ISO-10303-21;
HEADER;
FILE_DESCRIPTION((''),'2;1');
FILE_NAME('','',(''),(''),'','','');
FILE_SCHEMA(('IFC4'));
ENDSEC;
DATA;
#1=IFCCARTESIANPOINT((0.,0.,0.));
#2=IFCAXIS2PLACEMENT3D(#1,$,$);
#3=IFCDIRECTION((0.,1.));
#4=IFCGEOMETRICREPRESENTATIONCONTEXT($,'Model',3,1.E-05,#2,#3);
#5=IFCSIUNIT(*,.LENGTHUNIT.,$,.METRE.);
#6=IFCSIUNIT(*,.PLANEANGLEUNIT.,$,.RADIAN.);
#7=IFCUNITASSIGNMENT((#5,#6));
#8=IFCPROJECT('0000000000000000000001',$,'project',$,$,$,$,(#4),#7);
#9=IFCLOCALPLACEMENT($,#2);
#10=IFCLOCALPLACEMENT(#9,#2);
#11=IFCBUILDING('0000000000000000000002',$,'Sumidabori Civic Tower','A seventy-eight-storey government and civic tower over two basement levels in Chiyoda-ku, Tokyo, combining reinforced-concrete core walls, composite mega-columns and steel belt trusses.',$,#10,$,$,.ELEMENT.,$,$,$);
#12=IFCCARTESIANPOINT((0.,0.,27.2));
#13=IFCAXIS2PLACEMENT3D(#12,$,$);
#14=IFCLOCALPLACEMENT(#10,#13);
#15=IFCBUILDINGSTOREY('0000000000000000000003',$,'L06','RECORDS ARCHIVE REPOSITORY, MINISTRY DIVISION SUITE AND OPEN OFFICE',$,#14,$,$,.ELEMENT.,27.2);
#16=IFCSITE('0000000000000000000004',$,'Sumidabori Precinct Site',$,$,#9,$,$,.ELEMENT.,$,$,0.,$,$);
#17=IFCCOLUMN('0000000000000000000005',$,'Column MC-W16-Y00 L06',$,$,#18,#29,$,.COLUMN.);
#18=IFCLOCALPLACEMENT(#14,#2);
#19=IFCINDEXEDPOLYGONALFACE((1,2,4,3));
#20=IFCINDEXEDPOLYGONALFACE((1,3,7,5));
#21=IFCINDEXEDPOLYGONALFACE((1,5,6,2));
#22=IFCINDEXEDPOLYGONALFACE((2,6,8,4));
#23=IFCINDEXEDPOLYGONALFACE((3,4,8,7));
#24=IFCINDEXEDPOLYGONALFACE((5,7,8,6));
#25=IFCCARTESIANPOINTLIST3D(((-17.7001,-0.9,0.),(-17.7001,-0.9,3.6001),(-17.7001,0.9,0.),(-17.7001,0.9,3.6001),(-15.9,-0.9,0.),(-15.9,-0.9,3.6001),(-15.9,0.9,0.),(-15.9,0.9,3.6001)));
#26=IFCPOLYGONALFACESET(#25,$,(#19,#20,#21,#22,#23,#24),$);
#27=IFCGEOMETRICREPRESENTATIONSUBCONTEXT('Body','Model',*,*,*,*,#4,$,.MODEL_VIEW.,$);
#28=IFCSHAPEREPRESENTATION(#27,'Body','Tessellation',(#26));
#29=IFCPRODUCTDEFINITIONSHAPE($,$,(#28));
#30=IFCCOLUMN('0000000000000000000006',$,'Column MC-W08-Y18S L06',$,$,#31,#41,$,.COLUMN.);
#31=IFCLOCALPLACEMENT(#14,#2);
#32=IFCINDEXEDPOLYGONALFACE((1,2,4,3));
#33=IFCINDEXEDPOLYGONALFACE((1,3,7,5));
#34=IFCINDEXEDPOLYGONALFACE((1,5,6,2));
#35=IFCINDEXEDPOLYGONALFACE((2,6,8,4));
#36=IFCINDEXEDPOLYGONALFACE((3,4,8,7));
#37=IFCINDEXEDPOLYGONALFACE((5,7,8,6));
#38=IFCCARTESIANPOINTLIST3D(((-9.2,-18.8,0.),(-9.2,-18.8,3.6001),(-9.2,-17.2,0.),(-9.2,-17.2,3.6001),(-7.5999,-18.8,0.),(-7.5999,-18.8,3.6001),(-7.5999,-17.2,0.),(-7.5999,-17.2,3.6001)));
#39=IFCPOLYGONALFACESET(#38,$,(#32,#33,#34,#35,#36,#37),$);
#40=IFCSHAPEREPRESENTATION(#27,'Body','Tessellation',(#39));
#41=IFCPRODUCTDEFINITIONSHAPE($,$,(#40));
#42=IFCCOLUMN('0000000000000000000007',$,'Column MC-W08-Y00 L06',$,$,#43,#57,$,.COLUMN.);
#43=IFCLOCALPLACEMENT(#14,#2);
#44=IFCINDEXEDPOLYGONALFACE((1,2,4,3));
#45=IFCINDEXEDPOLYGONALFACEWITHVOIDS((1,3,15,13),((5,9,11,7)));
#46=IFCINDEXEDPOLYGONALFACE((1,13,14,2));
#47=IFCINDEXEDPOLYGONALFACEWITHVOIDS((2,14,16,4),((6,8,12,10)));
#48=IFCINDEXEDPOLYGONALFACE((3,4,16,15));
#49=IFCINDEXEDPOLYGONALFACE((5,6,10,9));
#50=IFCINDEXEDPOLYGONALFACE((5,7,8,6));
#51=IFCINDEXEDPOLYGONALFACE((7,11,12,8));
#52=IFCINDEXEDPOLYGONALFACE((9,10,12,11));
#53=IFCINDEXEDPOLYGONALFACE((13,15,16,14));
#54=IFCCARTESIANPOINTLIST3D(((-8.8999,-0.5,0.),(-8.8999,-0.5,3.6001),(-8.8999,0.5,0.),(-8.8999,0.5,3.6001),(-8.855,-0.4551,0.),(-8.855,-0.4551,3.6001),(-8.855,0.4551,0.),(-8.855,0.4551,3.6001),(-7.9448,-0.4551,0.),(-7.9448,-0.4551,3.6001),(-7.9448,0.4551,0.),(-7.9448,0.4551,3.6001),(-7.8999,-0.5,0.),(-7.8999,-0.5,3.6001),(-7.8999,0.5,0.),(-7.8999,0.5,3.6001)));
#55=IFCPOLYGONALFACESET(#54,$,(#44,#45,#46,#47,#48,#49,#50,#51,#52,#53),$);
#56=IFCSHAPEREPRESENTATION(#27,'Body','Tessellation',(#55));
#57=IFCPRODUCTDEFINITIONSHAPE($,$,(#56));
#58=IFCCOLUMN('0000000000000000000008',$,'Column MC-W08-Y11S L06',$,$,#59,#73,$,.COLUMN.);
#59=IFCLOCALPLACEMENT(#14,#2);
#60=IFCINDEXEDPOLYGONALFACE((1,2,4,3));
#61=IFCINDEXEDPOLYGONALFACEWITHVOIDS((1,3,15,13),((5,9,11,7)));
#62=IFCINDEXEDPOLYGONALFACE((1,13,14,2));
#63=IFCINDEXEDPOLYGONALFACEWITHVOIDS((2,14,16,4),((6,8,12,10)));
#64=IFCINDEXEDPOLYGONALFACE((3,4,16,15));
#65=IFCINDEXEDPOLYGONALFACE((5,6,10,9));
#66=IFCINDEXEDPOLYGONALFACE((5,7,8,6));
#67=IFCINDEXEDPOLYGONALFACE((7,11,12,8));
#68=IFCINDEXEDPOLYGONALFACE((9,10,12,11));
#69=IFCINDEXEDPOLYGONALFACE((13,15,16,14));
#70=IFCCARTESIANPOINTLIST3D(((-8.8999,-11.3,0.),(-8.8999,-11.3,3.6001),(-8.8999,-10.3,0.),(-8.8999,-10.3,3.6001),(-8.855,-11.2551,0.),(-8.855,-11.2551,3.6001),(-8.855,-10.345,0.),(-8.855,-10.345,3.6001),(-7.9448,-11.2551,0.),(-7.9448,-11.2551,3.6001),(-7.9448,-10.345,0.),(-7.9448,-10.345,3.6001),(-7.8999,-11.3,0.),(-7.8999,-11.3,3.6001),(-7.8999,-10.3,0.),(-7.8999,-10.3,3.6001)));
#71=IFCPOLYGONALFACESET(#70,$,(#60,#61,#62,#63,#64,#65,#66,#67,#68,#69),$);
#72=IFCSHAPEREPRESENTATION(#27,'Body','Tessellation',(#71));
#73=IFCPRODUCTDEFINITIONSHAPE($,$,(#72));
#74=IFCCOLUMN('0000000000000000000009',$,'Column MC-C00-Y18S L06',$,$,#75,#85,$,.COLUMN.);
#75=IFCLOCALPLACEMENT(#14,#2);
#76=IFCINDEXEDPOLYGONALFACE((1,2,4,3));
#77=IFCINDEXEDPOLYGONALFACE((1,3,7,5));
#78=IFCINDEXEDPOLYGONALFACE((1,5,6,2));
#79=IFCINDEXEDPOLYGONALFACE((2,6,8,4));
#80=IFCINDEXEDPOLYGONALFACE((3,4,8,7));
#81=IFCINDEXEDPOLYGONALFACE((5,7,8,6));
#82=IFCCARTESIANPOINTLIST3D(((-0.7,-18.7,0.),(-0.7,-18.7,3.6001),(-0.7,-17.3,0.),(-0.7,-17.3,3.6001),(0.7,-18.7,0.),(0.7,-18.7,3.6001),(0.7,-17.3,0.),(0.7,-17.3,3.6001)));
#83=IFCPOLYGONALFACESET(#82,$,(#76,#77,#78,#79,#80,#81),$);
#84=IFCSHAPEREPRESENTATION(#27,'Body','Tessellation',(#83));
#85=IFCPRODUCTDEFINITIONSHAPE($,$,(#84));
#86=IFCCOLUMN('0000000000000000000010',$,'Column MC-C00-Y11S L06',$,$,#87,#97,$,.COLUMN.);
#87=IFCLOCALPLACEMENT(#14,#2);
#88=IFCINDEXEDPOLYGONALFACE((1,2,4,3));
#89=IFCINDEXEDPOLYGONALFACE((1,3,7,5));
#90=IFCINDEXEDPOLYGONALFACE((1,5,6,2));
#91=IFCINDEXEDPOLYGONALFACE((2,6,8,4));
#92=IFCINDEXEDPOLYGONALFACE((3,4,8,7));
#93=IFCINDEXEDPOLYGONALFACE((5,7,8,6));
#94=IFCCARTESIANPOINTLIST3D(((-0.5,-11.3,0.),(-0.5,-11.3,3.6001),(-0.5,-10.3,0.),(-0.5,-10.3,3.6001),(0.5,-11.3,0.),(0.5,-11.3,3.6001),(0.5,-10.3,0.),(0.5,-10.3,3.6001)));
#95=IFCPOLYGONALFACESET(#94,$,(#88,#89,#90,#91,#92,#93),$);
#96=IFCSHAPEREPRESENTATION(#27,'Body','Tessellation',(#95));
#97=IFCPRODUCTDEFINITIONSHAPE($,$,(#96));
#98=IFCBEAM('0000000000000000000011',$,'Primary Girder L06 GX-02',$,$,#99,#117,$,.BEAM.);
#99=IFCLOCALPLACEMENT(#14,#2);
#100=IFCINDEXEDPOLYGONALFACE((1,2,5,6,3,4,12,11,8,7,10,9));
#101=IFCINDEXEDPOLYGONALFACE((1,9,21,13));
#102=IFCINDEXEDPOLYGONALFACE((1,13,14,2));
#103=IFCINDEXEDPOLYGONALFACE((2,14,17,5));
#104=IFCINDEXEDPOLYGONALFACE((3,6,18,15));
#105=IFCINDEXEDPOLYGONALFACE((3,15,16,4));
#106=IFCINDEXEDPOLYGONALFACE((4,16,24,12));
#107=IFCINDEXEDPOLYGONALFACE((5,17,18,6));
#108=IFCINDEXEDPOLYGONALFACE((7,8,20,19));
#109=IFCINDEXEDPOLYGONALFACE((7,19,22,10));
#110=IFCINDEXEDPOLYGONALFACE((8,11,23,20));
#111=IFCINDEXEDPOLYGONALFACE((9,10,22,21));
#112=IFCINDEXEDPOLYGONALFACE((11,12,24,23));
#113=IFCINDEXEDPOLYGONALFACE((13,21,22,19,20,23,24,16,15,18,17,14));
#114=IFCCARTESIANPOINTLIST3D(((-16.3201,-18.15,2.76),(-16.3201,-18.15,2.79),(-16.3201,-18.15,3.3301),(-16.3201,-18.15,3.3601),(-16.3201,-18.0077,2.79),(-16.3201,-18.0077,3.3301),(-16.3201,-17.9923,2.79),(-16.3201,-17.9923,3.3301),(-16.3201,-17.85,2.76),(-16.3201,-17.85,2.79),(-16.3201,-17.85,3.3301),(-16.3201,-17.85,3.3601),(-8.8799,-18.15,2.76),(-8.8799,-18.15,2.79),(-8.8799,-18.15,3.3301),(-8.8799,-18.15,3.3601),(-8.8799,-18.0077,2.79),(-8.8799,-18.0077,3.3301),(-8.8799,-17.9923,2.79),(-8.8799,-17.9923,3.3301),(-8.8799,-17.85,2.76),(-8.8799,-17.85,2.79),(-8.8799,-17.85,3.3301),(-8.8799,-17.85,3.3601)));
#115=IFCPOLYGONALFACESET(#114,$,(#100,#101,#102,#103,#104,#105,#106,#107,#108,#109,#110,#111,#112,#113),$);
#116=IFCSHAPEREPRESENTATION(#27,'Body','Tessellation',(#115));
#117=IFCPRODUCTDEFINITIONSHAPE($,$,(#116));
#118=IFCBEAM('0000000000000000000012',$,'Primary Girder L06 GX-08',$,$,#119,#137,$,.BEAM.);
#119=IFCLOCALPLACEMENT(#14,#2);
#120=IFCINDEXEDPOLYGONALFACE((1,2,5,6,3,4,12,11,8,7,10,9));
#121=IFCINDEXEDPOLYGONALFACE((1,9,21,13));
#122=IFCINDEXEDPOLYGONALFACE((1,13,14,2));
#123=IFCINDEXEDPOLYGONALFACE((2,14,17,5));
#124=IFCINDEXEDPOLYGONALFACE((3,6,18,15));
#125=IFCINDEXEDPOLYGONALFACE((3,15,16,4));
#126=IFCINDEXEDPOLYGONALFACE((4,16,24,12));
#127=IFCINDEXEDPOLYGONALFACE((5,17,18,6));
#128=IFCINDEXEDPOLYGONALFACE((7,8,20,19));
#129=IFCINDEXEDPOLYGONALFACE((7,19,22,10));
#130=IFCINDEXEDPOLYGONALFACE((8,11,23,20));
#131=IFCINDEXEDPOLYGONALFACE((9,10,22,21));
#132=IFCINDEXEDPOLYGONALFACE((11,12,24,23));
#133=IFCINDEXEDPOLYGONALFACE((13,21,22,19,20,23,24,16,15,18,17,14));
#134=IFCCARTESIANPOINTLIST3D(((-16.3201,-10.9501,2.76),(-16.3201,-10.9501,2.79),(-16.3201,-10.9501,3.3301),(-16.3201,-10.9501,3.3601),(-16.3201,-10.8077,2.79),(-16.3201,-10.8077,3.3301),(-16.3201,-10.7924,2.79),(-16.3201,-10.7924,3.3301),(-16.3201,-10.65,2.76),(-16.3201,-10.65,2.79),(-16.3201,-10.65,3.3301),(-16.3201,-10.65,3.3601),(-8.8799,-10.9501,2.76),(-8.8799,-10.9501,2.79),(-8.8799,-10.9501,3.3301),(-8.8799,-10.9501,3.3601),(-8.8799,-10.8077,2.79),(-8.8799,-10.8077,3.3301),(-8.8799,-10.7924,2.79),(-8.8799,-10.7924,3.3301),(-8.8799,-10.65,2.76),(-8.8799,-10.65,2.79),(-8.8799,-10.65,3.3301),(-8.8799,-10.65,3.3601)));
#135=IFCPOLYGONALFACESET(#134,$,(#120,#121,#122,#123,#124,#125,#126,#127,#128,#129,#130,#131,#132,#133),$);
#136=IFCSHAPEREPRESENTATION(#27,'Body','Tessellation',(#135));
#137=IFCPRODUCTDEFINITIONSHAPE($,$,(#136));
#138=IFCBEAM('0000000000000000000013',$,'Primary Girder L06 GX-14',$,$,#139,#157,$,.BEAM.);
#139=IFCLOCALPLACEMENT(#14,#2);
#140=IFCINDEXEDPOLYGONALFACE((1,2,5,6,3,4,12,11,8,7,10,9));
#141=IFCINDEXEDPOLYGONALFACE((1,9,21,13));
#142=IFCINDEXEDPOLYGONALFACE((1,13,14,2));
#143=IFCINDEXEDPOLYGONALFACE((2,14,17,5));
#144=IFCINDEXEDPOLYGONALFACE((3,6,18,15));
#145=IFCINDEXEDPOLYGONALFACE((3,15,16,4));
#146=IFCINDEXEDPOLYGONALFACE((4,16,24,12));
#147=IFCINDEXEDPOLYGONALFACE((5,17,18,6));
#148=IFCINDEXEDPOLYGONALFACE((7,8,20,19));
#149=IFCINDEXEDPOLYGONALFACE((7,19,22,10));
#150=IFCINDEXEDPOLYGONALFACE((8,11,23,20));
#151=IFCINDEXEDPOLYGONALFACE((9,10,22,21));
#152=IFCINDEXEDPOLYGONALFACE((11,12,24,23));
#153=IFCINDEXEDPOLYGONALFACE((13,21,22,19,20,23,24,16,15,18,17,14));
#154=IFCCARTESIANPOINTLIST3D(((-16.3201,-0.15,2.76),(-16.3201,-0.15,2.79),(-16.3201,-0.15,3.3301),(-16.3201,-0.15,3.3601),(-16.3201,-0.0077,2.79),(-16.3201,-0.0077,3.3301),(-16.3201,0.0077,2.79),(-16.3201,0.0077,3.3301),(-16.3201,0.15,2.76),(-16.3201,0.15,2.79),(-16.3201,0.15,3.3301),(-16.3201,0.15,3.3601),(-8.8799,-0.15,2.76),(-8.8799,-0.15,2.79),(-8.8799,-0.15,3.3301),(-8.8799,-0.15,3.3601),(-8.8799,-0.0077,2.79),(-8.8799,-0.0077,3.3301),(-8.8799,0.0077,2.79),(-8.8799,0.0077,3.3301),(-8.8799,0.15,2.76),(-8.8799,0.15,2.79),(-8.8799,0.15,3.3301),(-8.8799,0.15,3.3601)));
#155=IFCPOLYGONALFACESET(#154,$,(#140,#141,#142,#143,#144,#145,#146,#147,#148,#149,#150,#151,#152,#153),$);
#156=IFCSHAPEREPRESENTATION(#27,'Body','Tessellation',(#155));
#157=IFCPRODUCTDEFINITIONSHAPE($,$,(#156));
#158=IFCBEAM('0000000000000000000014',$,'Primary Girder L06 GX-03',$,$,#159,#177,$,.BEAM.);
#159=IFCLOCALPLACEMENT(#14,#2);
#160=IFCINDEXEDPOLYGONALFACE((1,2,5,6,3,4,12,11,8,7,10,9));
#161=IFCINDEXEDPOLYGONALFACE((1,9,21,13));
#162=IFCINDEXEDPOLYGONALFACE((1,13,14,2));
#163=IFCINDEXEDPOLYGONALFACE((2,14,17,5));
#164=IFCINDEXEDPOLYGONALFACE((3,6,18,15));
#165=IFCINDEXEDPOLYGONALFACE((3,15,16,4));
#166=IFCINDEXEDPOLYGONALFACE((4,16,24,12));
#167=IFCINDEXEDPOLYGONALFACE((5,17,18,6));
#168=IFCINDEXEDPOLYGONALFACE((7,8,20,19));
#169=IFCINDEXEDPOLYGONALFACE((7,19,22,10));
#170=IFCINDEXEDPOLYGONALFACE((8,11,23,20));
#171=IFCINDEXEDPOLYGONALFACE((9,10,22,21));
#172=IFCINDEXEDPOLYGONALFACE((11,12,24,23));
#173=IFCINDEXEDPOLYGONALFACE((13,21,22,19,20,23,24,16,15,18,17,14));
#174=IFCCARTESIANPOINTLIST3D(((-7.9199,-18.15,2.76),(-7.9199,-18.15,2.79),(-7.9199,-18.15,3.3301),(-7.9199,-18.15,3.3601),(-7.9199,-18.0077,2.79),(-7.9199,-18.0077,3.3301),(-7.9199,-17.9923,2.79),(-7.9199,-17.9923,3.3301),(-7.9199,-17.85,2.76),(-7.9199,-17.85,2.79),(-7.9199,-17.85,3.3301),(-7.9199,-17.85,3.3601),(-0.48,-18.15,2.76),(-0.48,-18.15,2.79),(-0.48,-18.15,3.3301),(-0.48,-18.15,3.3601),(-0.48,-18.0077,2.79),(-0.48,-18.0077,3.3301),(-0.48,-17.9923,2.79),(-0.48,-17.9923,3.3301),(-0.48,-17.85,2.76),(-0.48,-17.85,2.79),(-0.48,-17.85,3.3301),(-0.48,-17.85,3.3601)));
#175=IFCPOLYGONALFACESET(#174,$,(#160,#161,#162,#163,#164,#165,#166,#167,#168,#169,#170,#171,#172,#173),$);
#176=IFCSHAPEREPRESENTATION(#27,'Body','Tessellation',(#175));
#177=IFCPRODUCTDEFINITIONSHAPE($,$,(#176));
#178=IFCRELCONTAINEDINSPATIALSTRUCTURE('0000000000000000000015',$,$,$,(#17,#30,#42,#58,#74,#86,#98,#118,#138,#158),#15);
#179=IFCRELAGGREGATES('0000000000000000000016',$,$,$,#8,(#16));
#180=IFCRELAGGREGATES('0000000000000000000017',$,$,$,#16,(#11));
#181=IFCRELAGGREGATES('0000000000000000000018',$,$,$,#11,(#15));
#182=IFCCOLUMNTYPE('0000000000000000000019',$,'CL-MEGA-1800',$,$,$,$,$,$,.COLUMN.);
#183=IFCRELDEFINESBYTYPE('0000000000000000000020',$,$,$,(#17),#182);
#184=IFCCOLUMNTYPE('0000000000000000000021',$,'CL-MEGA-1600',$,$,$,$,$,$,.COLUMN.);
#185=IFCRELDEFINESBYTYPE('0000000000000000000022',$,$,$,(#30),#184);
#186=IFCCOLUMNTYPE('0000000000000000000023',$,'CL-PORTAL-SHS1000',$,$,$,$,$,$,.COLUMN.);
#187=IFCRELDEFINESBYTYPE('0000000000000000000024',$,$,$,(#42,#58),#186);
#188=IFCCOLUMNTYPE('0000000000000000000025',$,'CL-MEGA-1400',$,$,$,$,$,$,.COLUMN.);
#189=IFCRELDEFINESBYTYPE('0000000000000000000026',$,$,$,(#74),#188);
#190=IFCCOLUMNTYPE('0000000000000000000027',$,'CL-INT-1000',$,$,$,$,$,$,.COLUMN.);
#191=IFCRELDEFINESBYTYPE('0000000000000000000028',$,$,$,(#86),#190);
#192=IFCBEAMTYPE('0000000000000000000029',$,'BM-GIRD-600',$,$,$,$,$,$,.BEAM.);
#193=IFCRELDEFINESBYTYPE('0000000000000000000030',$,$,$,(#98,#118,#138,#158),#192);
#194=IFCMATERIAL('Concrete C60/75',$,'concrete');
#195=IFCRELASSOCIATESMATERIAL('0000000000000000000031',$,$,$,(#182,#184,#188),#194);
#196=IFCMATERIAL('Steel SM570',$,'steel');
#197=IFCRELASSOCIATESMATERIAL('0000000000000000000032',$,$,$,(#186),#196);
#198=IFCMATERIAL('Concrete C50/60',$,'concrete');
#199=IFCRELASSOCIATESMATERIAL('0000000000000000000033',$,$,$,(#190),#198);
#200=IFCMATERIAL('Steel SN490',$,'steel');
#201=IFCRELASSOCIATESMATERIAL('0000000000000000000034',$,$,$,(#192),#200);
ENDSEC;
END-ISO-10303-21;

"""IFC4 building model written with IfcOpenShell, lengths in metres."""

from ifc_helpers import new_model, si_unit, direction, frame, origin, origin_2d, place, context, subcontext, project, spatial, rectangle, hollow_rectangle, i_section, extrude, source, transform, mapped, material, material_profile, profile_set, type_object, element, save


model = new_model("IFC4")

# Units and contexts
model_context = context("Model", 3, precision=1e-05, world=origin(), true_north=direction((0.0, 1.0)))
body_context = subcontext(model_context, "Body", "Model", "MODEL_VIEW")
ifc_project = project(units=[si_unit("LENGTHUNIT", "METRE"), si_unit("PLANEANGLEUNIT", "RADIAN")], contexts=[model_context])

# Site, building, storey
site_placement = place(None, origin())
site = spatial("IfcSite", under=ifc_project, at=site_placement, Name="Sumidabori Precinct Site", CompositionType="ELEMENT", RefElevation=0.0)
building_placement = place(site_placement, origin())
building = spatial("IfcBuilding", under=site, at=building_placement, Name="Sumidabori Civic Tower", Description="A seventy-eight-storey government and civic tower over two basement levels in Chiyoda-ku, Tokyo, combining reinforced-concrete core walls, composite mega-columns and steel belt trusses.", CompositionType="ELEMENT")
storey_placement = place(building_placement, frame((0.0, 0.0, 27.2)))
storey = spatial("IfcBuildingStorey", under=building, at=storey_placement, Name="L06", Description="RECORDS ARCHIVE REPOSITORY, MINISTRY DIVISION SUITE AND OPEN OFFICE", CompositionType="ELEMENT", Elevation=27.2)

# Columns
ifc_material_1 = material(Name="Concrete C60/75", Category="concrete")
ifc_material_profile_1 = material_profile(ifc_material_1, rectangle(XDim=1.8, YDim=1.8, at=origin_2d()), Name="RC 1800x1800")
ifc_profile_set_1 = profile_set([ifc_material_profile_1], Name="Concrete C60/75")
column_type_1 = type_object("IfcColumnType", Name="CL-MEGA-1800", PredefinedType="COLUMN", material=ifc_profile_set_1)
shared_shape_1 = source(origin(), body_context, "Body", "SweptSolid", [
    extrude(rectangle(XDim=1.8, YDim=1.8, at=origin_2d()), origin(), (0.0, 0.0, 1.0), 3.6001),
])
column_1_placement = place(storey_placement, frame((-16.8, 0.0, 0.0), z_axis=(0.0, 0.0, 1.0), x_axis=(1.0, 0.0, 0.0)))
element("IfcColumn", 1, at=column_1_placement, inside=storey, type_object=column_type_1, Name="Column MC-W16-Y00 L06", PredefinedType="COLUMN", context=body_context, shape_type="MappedRepresentation", body=[
    mapped(shared_shape_1, transform((0.0, 0.0, 0.0), x_axis=(1.0, 0.0, 0.0), y_axis=(0.0, 1.0, 0.0), z_axis=(0.0, 0.0, 1.0), scale=1.0)),
])
ifc_material_profile_2 = material_profile(ifc_material_1, rectangle(XDim=1.6001, YDim=1.6001, at=origin_2d()), Name="RC 1600x1600")
ifc_profile_set_2 = profile_set([ifc_material_profile_2], Name="Concrete C60/75")
column_type_2 = type_object("IfcColumnType", Name="CL-MEGA-1600", PredefinedType="COLUMN", material=ifc_profile_set_2)
shared_shape_2 = source(origin(), body_context, "Body", "SweptSolid", [
    extrude(rectangle(XDim=1.6001, YDim=1.6001, at=origin_2d()), origin(), (0.0, 0.0, 1.0), 3.6001),
])
column_2_placement = place(storey_placement, frame((-8.3999, -18.0, 0.0), z_axis=(0.0, 0.0, 1.0), x_axis=(1.0, 0.0, 0.0)))
element("IfcColumn", 2, at=column_2_placement, inside=storey, type_object=column_type_2, Name="Column MC-W08-Y18S L06", PredefinedType="COLUMN", context=body_context, shape_type="MappedRepresentation", body=[
    mapped(shared_shape_2, transform((0.0, 0.0, 0.0), x_axis=(1.0, 0.0, 0.0), y_axis=(0.0, 1.0, 0.0), z_axis=(0.0, 0.0, 1.0), scale=1.0)),
])
ifc_material_2 = material(Name="Steel SM570", Category="steel")
ifc_material_profile_3 = material_profile(ifc_material_2, hollow_rectangle(XDim=1.0, YDim=1.0, WallThickness=0.0449, at=origin_2d()), Name="SHS 1000x1000x45")
ifc_profile_set_3 = profile_set([ifc_material_profile_3], Name="Steel SM570")
column_type_3 = type_object("IfcColumnType", Name="CL-PORTAL-SHS1000", PredefinedType="COLUMN", material=ifc_profile_set_3)
shared_shape_3 = source(origin(), body_context, "Body", "SweptSolid", [
    extrude(hollow_rectangle(XDim=1.0, YDim=1.0, WallThickness=0.0449, at=origin_2d()), origin(), (0.0, 0.0, 1.0), 3.6001),
])
for number, where, z_axis, x_axis, name in (
    (3, (-8.3999, 0.0, 0.0), (0.0, 0.0, 1.0), (1.0, 0.0, 0.0), "Column MC-W08-Y00 L06"),
    (4, (-8.3999, -10.8, 0.0), (0.0, 0.0, 1.0), (1.0, 0.0, 0.0), "Column MC-W08-Y11S L06"),
):
    element("IfcColumn", number, at=place(storey_placement, frame(where, z_axis=z_axis, x_axis=x_axis)), inside=storey, type_object=column_type_3, Name=name, PredefinedType="COLUMN", context=body_context, shape_type="MappedRepresentation", body=[
        mapped(shared_shape_3, transform((0.0, 0.0, 0.0), x_axis=(1.0, 0.0, 0.0), y_axis=(0.0, 1.0, 0.0), z_axis=(0.0, 0.0, 1.0), scale=1.0)),
    ])
ifc_material_profile_4 = material_profile(ifc_material_1, rectangle(XDim=1.3999, YDim=1.3999, at=origin_2d()), Name="RC 1400x1400")
ifc_profile_set_4 = profile_set([ifc_material_profile_4], Name="Concrete C60/75")
column_type_4 = type_object("IfcColumnType", Name="CL-MEGA-1400", PredefinedType="COLUMN", material=ifc_profile_set_4)
shared_shape_4 = source(origin(), body_context, "Body", "SweptSolid", [
    extrude(rectangle(XDim=1.3999, YDim=1.3999, at=origin_2d()), origin(), (0.0, 0.0, 1.0), 3.6001),
])
column_3_placement = place(storey_placement, frame((0.0, -18.0, 0.0), z_axis=(0.0, 0.0, 1.0), x_axis=(1.0, 0.0, 0.0)))
element("IfcColumn", 5, at=column_3_placement, inside=storey, type_object=column_type_4, Name="Column MC-C00-Y18S L06", PredefinedType="COLUMN", context=body_context, shape_type="MappedRepresentation", body=[
    mapped(shared_shape_4, transform((0.0, 0.0, 0.0), x_axis=(1.0, 0.0, 0.0), y_axis=(0.0, 1.0, 0.0), z_axis=(0.0, 0.0, 1.0), scale=1.0)),
])
ifc_material_3 = material(Name="Concrete C50/60", Category="concrete")
ifc_material_profile_5 = material_profile(ifc_material_3, rectangle(XDim=1.0, YDim=1.0, at=origin_2d()), Name="RC 1000x1000")
ifc_profile_set_5 = profile_set([ifc_material_profile_5], Name="Concrete C50/60")
column_type_5 = type_object("IfcColumnType", Name="CL-INT-1000", PredefinedType="COLUMN", material=ifc_profile_set_5)
shared_shape_5 = source(origin(), body_context, "Body", "SweptSolid", [
    extrude(rectangle(XDim=1.0, YDim=1.0, at=origin_2d()), origin(), (0.0, 0.0, 1.0), 3.6001),
])
column_4_placement = place(storey_placement, frame((0.0, -10.8, 0.0), z_axis=(0.0, 0.0, 1.0), x_axis=(1.0, 0.0, 0.0)))
element("IfcColumn", 6, at=column_4_placement, inside=storey, type_object=column_type_5, Name="Column MC-C00-Y11S L06", PredefinedType="COLUMN", context=body_context, shape_type="MappedRepresentation", body=[
    mapped(shared_shape_5, transform((0.0, 0.0, 0.0), x_axis=(1.0, 0.0, 0.0), y_axis=(0.0, 1.0, 0.0), z_axis=(0.0, 0.0, 1.0), scale=1.0)),
])

# Beams
ifc_material_4 = material(Name="Steel SN490", Category="steel")
ifc_material_profile_6 = material_profile(ifc_material_4, i_section(OverallWidth=0.3, OverallDepth=0.6001, WebThickness=0.0154, FlangeThickness=0.03, at=origin_2d()), Name="HE 600 B")
ifc_profile_set_6 = profile_set([ifc_material_profile_6], Name="Steel SN490")
beam_type_1 = type_object("IfcBeamType", Name="BM-GIRD-600", PredefinedType="BEAM", material=ifc_profile_set_6)
shared_shape_6 = source(origin(), body_context, "Body", "SweptSolid", [
    extrude(i_section(OverallWidth=0.3, OverallDepth=0.6001, WebThickness=0.0154, FlangeThickness=0.03, at=origin_2d()), origin(), (0.0, 0.0, 1.0), 7.4402),
])
for number, where, z_axis, x_axis, name in (
    (7, (-16.3201, -18.0, 3.0601), (1.0, 0.0, 0.0), (0.0, 1.0, 0.0), "Primary Girder L06 GX-02"),
    (8, (-16.3201, -10.8, 3.0601), (1.0, 0.0, 0.0), (0.0, 1.0, 0.0), "Primary Girder L06 GX-08"),
    (9, (-16.3201, 0.0, 3.0601), (1.0, 0.0, 0.0), (0.0, 1.0, 0.0), "Primary Girder L06 GX-14"),
):
    element("IfcBeam", number, at=place(storey_placement, frame(where, z_axis=z_axis, x_axis=x_axis)), inside=storey, type_object=beam_type_1, Name=name, PredefinedType="BEAM", context=body_context, shape_type="MappedRepresentation", body=[
        mapped(shared_shape_6, transform((0.0, 0.0, 0.0), x_axis=(1.0, 0.0, 0.0), y_axis=(0.0, 1.0, 0.0), z_axis=(0.0, 0.0, 1.0), scale=1.0)),
    ])
shared_shape_7 = source(origin(), body_context, "Body", "SweptSolid", [
    extrude(i_section(OverallWidth=0.3, OverallDepth=0.6001, WebThickness=0.0154, FlangeThickness=0.03, at=origin_2d()), origin(), (0.0, 0.0, 1.0), 7.4399),
])
for number, where, z_axis, x_axis, name in (
    (10, (-7.9199, -18.0, 3.0601), (1.0, 0.0, 0.0), (0.0, 1.0, 0.0), "Primary Girder L06 GX-03"),
):
    element("IfcBeam", number, at=place(storey_placement, frame(where, z_axis=z_axis, x_axis=x_axis)), inside=storey, type_object=beam_type_1, Name=name, PredefinedType="BEAM", context=body_context, shape_type="MappedRepresentation", body=[
        mapped(shared_shape_7, transform((0.0, 0.0, 0.0), x_axis=(1.0, 0.0, 0.0), y_axis=(0.0, 1.0, 0.0), z_axis=(0.0, 0.0, 1.0), scale=1.0)),
    ])

save(model, "model.ifc")
